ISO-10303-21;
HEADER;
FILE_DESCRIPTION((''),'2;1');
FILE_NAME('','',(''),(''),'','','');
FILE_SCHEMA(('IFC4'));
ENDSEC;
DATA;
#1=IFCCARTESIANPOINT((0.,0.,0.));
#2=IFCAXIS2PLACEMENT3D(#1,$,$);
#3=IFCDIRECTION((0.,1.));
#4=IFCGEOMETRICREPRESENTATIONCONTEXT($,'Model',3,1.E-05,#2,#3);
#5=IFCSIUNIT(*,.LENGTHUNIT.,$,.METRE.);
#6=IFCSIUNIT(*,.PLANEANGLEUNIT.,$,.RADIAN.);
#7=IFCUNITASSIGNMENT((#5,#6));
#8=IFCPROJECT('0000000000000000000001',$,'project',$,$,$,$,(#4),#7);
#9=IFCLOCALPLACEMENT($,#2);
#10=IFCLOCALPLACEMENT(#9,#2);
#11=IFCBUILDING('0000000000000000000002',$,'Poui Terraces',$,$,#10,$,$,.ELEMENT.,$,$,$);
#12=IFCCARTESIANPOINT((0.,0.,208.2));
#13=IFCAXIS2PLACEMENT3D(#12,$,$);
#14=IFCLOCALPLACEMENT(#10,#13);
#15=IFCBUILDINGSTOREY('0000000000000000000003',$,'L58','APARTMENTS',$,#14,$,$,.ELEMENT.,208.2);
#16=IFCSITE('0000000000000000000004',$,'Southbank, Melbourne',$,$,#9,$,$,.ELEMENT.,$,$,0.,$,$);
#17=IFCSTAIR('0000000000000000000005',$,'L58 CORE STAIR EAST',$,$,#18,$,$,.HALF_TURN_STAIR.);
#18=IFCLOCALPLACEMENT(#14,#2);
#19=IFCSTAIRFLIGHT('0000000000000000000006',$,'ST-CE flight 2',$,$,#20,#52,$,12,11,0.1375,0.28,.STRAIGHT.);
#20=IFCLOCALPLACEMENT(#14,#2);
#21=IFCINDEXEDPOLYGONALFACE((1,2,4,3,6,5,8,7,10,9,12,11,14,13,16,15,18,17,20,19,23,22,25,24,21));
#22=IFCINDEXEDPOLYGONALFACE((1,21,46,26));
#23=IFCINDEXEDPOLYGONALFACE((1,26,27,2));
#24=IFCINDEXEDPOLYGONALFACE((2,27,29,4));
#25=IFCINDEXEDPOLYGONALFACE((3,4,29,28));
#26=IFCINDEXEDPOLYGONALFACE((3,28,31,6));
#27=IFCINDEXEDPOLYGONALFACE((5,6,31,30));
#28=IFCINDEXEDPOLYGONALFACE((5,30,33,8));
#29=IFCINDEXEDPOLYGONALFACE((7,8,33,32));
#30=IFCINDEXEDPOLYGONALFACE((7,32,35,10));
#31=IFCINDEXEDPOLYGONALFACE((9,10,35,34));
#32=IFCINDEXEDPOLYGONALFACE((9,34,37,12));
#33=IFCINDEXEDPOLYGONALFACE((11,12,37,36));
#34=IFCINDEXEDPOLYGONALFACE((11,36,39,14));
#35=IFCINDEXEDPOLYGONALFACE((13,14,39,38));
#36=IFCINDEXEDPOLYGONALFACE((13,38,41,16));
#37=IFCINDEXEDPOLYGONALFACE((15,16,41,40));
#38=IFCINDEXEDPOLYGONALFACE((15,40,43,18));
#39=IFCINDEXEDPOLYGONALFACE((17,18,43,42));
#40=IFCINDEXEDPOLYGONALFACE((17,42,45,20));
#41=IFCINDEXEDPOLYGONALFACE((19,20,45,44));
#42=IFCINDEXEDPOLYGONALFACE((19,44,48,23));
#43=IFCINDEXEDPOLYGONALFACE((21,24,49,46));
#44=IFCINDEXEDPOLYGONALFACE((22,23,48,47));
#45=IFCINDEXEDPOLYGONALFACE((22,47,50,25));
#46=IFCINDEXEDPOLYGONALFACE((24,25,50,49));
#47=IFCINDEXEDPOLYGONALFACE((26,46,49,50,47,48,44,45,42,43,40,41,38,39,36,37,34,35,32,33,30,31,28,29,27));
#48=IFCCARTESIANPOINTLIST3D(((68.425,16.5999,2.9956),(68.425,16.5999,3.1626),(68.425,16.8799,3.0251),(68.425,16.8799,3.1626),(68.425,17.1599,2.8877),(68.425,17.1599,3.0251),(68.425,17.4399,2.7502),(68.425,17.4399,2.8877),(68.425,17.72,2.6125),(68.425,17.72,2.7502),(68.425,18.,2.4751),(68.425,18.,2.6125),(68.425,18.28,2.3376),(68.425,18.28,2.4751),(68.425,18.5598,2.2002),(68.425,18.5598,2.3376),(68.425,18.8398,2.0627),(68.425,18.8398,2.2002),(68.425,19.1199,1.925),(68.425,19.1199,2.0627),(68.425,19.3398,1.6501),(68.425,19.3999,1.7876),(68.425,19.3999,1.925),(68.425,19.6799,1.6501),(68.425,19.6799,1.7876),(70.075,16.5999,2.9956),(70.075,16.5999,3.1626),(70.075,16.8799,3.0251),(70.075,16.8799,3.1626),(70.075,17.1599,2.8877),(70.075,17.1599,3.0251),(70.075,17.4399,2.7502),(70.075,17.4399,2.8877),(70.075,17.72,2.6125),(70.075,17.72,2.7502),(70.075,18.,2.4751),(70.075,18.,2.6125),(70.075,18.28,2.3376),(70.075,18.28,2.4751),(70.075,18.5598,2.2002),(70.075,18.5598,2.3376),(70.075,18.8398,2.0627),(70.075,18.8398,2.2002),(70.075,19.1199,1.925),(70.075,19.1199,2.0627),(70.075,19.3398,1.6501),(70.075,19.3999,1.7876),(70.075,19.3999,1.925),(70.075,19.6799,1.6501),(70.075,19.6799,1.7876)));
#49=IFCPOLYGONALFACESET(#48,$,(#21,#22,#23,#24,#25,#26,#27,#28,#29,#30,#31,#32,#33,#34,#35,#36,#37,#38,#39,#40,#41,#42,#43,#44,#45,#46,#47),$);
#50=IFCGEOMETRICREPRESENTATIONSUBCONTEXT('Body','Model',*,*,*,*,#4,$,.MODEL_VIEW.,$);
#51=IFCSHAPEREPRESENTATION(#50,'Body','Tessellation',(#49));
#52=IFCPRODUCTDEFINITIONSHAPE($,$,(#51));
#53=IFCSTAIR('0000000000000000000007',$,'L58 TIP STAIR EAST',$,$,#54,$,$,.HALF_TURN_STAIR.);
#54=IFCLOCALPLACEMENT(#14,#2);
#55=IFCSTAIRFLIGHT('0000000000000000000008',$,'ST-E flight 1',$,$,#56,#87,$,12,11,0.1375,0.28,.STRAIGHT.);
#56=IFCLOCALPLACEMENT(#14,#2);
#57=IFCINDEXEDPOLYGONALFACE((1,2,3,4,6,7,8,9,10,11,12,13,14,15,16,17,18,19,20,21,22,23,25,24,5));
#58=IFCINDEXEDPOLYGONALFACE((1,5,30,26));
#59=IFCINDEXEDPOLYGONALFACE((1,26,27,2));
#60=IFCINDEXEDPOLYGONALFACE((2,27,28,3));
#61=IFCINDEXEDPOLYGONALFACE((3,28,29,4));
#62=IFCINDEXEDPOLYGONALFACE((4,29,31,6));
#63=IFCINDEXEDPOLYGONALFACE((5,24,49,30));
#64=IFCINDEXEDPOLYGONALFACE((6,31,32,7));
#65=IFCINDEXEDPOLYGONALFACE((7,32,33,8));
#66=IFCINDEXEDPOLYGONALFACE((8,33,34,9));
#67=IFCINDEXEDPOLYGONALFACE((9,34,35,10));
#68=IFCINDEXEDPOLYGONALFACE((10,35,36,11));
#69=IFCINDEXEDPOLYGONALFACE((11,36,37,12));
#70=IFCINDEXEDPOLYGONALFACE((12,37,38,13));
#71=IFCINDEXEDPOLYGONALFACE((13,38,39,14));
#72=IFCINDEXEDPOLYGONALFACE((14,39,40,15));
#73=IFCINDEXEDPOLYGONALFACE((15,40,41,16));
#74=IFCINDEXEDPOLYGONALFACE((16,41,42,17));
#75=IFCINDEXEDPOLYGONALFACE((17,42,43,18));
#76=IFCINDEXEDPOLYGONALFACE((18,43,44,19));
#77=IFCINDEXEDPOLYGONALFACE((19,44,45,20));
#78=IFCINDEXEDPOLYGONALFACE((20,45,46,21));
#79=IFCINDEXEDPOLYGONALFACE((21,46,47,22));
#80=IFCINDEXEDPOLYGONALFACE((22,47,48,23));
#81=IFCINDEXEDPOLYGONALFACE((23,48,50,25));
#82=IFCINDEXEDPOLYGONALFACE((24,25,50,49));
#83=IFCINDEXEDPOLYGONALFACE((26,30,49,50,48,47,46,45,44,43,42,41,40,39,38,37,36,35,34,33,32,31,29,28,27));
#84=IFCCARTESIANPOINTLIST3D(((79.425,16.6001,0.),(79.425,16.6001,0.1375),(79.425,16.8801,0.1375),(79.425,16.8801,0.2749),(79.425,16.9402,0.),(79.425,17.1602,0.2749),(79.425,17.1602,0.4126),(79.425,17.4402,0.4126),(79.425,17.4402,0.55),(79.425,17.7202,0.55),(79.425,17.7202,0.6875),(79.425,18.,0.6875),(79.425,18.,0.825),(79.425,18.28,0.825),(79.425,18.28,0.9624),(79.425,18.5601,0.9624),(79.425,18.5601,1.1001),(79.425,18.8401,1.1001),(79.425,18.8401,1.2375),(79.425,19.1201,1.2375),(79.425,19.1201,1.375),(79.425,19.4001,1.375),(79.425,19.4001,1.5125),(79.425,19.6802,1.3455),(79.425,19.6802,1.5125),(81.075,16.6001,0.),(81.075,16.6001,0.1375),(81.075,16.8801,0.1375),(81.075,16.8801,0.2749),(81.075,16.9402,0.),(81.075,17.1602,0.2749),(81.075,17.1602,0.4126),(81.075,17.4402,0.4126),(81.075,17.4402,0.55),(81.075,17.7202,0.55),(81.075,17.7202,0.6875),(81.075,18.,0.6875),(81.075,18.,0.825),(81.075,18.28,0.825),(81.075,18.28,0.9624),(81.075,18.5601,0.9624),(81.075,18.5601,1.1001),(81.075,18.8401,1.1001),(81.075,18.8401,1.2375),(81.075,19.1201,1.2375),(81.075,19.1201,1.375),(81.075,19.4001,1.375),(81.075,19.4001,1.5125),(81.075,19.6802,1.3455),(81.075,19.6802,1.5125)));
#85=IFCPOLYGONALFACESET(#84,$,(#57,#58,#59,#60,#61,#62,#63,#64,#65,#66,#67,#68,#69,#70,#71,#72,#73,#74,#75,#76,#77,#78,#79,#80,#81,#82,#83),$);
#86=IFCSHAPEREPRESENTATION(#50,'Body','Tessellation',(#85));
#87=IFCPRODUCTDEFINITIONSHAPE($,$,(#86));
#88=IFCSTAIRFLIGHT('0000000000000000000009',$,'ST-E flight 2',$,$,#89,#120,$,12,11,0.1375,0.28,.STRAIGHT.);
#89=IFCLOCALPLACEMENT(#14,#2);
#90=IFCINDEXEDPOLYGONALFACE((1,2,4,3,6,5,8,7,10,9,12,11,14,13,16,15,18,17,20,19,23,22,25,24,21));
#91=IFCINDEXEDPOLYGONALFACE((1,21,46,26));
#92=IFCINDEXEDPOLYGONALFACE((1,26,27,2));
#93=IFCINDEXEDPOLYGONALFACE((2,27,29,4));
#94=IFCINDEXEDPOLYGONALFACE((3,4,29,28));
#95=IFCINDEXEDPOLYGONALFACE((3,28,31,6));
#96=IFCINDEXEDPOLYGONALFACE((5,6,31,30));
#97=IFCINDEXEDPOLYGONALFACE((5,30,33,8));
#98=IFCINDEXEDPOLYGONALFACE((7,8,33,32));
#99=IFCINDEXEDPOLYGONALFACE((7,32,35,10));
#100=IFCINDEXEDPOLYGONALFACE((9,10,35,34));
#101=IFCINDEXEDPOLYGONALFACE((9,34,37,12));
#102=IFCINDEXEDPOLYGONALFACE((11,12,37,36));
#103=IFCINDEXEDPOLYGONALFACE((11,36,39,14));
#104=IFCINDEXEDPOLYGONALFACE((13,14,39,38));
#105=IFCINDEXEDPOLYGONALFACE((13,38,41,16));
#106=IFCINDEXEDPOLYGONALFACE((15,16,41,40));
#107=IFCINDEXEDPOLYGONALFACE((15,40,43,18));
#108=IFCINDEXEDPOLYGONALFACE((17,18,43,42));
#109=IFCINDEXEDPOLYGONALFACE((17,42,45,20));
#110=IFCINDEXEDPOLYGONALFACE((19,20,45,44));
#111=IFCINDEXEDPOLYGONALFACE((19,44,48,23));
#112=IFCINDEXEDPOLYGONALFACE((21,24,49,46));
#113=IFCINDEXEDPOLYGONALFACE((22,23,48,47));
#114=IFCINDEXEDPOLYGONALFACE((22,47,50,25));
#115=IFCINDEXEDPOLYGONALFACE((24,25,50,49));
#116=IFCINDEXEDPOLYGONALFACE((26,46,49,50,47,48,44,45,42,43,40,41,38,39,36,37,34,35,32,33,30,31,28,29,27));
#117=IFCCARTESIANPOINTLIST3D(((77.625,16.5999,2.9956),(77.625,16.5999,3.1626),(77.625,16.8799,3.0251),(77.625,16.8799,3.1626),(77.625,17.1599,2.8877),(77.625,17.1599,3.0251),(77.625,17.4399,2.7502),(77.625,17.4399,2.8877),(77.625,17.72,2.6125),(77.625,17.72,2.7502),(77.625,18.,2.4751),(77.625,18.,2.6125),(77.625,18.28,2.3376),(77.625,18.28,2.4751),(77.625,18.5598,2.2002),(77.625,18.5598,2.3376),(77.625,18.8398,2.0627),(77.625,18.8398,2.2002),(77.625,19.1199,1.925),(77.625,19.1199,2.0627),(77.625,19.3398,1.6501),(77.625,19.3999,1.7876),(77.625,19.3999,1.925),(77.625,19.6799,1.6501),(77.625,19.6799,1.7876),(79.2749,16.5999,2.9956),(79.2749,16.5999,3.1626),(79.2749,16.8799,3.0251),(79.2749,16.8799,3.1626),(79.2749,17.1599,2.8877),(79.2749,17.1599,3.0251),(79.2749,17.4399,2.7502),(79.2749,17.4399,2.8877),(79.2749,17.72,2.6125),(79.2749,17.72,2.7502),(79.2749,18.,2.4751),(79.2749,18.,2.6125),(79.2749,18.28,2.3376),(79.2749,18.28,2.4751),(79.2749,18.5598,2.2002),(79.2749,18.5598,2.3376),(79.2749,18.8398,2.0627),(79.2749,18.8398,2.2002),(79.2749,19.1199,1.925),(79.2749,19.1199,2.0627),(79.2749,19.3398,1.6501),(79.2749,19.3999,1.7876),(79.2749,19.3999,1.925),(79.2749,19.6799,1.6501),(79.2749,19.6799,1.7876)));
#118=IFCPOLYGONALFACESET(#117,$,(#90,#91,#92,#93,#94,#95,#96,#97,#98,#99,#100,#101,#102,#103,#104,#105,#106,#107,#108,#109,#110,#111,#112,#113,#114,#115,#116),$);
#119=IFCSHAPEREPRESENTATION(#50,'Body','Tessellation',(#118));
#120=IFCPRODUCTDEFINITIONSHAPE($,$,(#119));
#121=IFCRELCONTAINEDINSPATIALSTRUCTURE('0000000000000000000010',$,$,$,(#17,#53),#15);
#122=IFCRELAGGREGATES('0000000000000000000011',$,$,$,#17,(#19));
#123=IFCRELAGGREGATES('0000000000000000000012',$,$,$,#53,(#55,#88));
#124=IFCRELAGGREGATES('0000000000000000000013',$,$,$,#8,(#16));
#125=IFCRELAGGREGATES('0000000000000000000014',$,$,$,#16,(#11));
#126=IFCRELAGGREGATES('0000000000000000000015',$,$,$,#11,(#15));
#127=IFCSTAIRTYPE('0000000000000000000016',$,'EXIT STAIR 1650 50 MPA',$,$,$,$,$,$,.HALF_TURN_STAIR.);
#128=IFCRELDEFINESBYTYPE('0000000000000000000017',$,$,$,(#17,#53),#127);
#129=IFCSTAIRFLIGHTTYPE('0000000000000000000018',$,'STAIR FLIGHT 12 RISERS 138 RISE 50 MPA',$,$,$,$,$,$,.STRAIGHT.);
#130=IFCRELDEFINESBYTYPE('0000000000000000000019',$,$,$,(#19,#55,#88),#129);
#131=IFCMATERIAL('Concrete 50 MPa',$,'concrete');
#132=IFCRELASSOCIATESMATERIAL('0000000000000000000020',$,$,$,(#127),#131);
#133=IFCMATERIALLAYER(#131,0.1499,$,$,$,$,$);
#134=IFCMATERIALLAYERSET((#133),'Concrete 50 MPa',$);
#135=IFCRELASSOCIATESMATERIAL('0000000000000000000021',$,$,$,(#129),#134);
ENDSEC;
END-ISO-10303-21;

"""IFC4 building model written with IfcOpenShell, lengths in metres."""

from ifc_helpers import new_model, si_unit, direction, frame, origin, place, context, subcontext, project, spatial, polyline, outline, extrude, material, layer, layer_set, type_object, element, aggregate, save


model = new_model("IFC4")

# Units and contexts
model_context = context("Model", 3, precision=1e-05, world=origin(), true_north=direction((0.0, 1.0)))
body_context = subcontext(model_context, "Body", "Model", "MODEL_VIEW")
ifc_project = project(units=[si_unit("LENGTHUNIT", "METRE"), si_unit("PLANEANGLEUNIT", "RADIAN")], contexts=[model_context])

# Site, building, storey
site_placement = place(None, origin())
site = spatial("IfcSite", under=ifc_project, at=site_placement, Name="Southbank, Melbourne", CompositionType="ELEMENT", RefElevation=0.0)
building_placement = place(site_placement, origin())
building = spatial("IfcBuilding", under=site, at=building_placement, Name="Poui Terraces", CompositionType="ELEMENT")
storey_placement = place(building_placement, frame((0.0, 0.0, 208.2)))
storey = spatial("IfcBuildingStorey", under=building, at=storey_placement, Name="L58", Description="APARTMENTS", CompositionType="ELEMENT", Elevation=208.2)

# Shared definitions
ifc_material_1 = material(Name="Concrete 50 MPa", Category="concrete")

# Stairs, stair flights
stair_type = type_object("IfcStairType", Name="EXIT STAIR 1650 50 MPA", PredefinedType="HALF_TURN_STAIR", material=ifc_material_1)
stair_1_placement = place(storey_placement, origin())
stair_1 = element("IfcStair", 1, at=stair_1_placement, inside=storey, type_object=stair_type, Name="L58 CORE STAIR EAST", PredefinedType="HALF_TURN_STAIR")
ifc_layer_1 = layer(ifc_material_1, 0.1499)
ifc_layer_set_1 = layer_set([ifc_layer_1], Name="Concrete 50 MPa")
stair_flight_type = type_object("IfcStairFlightType", Name="STAIR FLIGHT 12 RISERS 138 RISE 50 MPA", PredefinedType="STRAIGHT", material=ifc_layer_set_1)
stair_flight_1_placement = place(storey_placement, frame((69.25, 19.6799, 1.6501), z_axis=(0.0, 0.0, 1.0), x_axis=(0.0, -1.0, 0.0)))
stair_flight_1 = element("IfcStairFlight", 2, at=stair_flight_1_placement, type_object=stair_flight_type, Name="ST-CE flight 2", NumberOfRisers=12, NumberOfTreads=11, PredefinedType="STRAIGHT", RiserHeight=0.1375, TreadLength=0.28, context=body_context, shape_type="SweptSolid", body=[
    extrude(outline(polyline([(0.0, 0.0), (0.0, 0.1375), (0.28, 0.1375), (0.28, 0.2749), (0.5601, 0.2749), (0.5601, 0.4126), (0.8401, 0.4126), (0.8401, 0.55), (1.1201, 0.55), (1.1201, 0.6875), (1.3999, 0.6875), (1.3999, 0.825), (1.6799, 0.825), (1.6799, 0.9624), (1.96, 0.9624), (1.96, 1.1001), (2.24, 1.1001), (2.24, 1.2375), (2.52, 1.2375), (2.52, 1.375), (2.8, 1.375), (2.8, 1.5125), (3.0801, 1.5125), (3.0801, 1.6499), (3.0801, 1.3455), (0.3401, 0.0), (0.0, 0.0)])), frame((0.0, 0.825, 0.0), z_axis=(0.0, -1.0, 0.0), x_axis=(1.0, 0.0, 0.0)), (0.0, 0.0, 1.0), 1.6499),
])
aggregate(stair_1, [stair_flight_1])
stair_2_placement = place(storey_placement, origin())
stair_2 = element("IfcStair", 3, at=stair_2_placement, inside=storey, type_object=stair_type, Name="L58 TIP STAIR EAST", PredefinedType="HALF_TURN_STAIR")
stair_flight_2_placement = place(storey_placement, frame((80.25, 16.6001, 0.0), z_axis=(0.0, 0.0, 1.0), x_axis=(0.0, 1.0, 0.0)))
stair_flight_2 = element("IfcStairFlight", 4, at=stair_flight_2_placement, type_object=stair_flight_type, Name="ST-E flight 1", NumberOfRisers=12, NumberOfTreads=11, PredefinedType="STRAIGHT", RiserHeight=0.1375, TreadLength=0.28, context=body_context, shape_type="SweptSolid", body=[
    extrude(outline(polyline([(0.0, 0.0), (0.0, 0.1375), (0.28, 0.1375), (0.28, 0.2749), (0.5601, 0.2749), (0.5601, 0.4126), (0.8401, 0.4126), (0.8401, 0.55), (1.1201, 0.55), (1.1201, 0.6875), (1.3999, 0.6875), (1.3999, 0.825), (1.6799, 0.825), (1.6799, 0.9624), (1.96, 0.9624), (1.96, 1.1001), (2.24, 1.1001), (2.24, 1.2375), (2.52, 1.2375), (2.52, 1.375), (2.8, 1.375), (2.8, 1.5125), (3.0801, 1.5125), (3.0801, 1.6499), (3.0801, 1.3455), (0.3401, 0.0), (0.0, 0.0)])), frame((0.0, 0.825, 0.0), z_axis=(0.0, -1.0, 0.0), x_axis=(1.0, 0.0, 0.0)), (0.0, 0.0, 1.0), 1.6499),
])
stair_flight_3_placement = place(storey_placement, frame((78.45, 19.6799, 1.6501), z_axis=(0.0, 0.0, 1.0), x_axis=(0.0, -1.0, 0.0)))
stair_flight_3 = element("IfcStairFlight", 5, at=stair_flight_3_placement, type_object=stair_flight_type, Name="ST-E flight 2", NumberOfRisers=12, NumberOfTreads=11, PredefinedType="STRAIGHT", RiserHeight=0.1375, TreadLength=0.28, context=body_context, shape_type="SweptSolid", body=[
    extrude(outline(polyline([(0.0, 0.0), (0.0, 0.1375), (0.28, 0.1375), (0.28, 0.2749), (0.5601, 0.2749), (0.5601, 0.4126), (0.8401, 0.4126), (0.8401, 0.55), (1.1201, 0.55), (1.1201, 0.6875), (1.3999, 0.6875), (1.3999, 0.825), (1.6799, 0.825), (1.6799, 0.9624), (1.96, 0.9624), (1.96, 1.1001), (2.24, 1.1001), (2.24, 1.2375), (2.52, 1.2375), (2.52, 1.375), (2.8, 1.375), (2.8, 1.5125), (3.0801, 1.5125), (3.0801, 1.6499), (3.0801, 1.3455), (0.3401, 0.0), (0.0, 0.0)])), frame((0.0, 0.825, 0.0), z_axis=(0.0, -1.0, 0.0), x_axis=(1.0, 0.0, 0.0)), (0.0, 0.0, 1.0), 1.6499),
])
aggregate(stair_2, [stair_flight_2, stair_flight_3])

save(model, "model.ifc")
